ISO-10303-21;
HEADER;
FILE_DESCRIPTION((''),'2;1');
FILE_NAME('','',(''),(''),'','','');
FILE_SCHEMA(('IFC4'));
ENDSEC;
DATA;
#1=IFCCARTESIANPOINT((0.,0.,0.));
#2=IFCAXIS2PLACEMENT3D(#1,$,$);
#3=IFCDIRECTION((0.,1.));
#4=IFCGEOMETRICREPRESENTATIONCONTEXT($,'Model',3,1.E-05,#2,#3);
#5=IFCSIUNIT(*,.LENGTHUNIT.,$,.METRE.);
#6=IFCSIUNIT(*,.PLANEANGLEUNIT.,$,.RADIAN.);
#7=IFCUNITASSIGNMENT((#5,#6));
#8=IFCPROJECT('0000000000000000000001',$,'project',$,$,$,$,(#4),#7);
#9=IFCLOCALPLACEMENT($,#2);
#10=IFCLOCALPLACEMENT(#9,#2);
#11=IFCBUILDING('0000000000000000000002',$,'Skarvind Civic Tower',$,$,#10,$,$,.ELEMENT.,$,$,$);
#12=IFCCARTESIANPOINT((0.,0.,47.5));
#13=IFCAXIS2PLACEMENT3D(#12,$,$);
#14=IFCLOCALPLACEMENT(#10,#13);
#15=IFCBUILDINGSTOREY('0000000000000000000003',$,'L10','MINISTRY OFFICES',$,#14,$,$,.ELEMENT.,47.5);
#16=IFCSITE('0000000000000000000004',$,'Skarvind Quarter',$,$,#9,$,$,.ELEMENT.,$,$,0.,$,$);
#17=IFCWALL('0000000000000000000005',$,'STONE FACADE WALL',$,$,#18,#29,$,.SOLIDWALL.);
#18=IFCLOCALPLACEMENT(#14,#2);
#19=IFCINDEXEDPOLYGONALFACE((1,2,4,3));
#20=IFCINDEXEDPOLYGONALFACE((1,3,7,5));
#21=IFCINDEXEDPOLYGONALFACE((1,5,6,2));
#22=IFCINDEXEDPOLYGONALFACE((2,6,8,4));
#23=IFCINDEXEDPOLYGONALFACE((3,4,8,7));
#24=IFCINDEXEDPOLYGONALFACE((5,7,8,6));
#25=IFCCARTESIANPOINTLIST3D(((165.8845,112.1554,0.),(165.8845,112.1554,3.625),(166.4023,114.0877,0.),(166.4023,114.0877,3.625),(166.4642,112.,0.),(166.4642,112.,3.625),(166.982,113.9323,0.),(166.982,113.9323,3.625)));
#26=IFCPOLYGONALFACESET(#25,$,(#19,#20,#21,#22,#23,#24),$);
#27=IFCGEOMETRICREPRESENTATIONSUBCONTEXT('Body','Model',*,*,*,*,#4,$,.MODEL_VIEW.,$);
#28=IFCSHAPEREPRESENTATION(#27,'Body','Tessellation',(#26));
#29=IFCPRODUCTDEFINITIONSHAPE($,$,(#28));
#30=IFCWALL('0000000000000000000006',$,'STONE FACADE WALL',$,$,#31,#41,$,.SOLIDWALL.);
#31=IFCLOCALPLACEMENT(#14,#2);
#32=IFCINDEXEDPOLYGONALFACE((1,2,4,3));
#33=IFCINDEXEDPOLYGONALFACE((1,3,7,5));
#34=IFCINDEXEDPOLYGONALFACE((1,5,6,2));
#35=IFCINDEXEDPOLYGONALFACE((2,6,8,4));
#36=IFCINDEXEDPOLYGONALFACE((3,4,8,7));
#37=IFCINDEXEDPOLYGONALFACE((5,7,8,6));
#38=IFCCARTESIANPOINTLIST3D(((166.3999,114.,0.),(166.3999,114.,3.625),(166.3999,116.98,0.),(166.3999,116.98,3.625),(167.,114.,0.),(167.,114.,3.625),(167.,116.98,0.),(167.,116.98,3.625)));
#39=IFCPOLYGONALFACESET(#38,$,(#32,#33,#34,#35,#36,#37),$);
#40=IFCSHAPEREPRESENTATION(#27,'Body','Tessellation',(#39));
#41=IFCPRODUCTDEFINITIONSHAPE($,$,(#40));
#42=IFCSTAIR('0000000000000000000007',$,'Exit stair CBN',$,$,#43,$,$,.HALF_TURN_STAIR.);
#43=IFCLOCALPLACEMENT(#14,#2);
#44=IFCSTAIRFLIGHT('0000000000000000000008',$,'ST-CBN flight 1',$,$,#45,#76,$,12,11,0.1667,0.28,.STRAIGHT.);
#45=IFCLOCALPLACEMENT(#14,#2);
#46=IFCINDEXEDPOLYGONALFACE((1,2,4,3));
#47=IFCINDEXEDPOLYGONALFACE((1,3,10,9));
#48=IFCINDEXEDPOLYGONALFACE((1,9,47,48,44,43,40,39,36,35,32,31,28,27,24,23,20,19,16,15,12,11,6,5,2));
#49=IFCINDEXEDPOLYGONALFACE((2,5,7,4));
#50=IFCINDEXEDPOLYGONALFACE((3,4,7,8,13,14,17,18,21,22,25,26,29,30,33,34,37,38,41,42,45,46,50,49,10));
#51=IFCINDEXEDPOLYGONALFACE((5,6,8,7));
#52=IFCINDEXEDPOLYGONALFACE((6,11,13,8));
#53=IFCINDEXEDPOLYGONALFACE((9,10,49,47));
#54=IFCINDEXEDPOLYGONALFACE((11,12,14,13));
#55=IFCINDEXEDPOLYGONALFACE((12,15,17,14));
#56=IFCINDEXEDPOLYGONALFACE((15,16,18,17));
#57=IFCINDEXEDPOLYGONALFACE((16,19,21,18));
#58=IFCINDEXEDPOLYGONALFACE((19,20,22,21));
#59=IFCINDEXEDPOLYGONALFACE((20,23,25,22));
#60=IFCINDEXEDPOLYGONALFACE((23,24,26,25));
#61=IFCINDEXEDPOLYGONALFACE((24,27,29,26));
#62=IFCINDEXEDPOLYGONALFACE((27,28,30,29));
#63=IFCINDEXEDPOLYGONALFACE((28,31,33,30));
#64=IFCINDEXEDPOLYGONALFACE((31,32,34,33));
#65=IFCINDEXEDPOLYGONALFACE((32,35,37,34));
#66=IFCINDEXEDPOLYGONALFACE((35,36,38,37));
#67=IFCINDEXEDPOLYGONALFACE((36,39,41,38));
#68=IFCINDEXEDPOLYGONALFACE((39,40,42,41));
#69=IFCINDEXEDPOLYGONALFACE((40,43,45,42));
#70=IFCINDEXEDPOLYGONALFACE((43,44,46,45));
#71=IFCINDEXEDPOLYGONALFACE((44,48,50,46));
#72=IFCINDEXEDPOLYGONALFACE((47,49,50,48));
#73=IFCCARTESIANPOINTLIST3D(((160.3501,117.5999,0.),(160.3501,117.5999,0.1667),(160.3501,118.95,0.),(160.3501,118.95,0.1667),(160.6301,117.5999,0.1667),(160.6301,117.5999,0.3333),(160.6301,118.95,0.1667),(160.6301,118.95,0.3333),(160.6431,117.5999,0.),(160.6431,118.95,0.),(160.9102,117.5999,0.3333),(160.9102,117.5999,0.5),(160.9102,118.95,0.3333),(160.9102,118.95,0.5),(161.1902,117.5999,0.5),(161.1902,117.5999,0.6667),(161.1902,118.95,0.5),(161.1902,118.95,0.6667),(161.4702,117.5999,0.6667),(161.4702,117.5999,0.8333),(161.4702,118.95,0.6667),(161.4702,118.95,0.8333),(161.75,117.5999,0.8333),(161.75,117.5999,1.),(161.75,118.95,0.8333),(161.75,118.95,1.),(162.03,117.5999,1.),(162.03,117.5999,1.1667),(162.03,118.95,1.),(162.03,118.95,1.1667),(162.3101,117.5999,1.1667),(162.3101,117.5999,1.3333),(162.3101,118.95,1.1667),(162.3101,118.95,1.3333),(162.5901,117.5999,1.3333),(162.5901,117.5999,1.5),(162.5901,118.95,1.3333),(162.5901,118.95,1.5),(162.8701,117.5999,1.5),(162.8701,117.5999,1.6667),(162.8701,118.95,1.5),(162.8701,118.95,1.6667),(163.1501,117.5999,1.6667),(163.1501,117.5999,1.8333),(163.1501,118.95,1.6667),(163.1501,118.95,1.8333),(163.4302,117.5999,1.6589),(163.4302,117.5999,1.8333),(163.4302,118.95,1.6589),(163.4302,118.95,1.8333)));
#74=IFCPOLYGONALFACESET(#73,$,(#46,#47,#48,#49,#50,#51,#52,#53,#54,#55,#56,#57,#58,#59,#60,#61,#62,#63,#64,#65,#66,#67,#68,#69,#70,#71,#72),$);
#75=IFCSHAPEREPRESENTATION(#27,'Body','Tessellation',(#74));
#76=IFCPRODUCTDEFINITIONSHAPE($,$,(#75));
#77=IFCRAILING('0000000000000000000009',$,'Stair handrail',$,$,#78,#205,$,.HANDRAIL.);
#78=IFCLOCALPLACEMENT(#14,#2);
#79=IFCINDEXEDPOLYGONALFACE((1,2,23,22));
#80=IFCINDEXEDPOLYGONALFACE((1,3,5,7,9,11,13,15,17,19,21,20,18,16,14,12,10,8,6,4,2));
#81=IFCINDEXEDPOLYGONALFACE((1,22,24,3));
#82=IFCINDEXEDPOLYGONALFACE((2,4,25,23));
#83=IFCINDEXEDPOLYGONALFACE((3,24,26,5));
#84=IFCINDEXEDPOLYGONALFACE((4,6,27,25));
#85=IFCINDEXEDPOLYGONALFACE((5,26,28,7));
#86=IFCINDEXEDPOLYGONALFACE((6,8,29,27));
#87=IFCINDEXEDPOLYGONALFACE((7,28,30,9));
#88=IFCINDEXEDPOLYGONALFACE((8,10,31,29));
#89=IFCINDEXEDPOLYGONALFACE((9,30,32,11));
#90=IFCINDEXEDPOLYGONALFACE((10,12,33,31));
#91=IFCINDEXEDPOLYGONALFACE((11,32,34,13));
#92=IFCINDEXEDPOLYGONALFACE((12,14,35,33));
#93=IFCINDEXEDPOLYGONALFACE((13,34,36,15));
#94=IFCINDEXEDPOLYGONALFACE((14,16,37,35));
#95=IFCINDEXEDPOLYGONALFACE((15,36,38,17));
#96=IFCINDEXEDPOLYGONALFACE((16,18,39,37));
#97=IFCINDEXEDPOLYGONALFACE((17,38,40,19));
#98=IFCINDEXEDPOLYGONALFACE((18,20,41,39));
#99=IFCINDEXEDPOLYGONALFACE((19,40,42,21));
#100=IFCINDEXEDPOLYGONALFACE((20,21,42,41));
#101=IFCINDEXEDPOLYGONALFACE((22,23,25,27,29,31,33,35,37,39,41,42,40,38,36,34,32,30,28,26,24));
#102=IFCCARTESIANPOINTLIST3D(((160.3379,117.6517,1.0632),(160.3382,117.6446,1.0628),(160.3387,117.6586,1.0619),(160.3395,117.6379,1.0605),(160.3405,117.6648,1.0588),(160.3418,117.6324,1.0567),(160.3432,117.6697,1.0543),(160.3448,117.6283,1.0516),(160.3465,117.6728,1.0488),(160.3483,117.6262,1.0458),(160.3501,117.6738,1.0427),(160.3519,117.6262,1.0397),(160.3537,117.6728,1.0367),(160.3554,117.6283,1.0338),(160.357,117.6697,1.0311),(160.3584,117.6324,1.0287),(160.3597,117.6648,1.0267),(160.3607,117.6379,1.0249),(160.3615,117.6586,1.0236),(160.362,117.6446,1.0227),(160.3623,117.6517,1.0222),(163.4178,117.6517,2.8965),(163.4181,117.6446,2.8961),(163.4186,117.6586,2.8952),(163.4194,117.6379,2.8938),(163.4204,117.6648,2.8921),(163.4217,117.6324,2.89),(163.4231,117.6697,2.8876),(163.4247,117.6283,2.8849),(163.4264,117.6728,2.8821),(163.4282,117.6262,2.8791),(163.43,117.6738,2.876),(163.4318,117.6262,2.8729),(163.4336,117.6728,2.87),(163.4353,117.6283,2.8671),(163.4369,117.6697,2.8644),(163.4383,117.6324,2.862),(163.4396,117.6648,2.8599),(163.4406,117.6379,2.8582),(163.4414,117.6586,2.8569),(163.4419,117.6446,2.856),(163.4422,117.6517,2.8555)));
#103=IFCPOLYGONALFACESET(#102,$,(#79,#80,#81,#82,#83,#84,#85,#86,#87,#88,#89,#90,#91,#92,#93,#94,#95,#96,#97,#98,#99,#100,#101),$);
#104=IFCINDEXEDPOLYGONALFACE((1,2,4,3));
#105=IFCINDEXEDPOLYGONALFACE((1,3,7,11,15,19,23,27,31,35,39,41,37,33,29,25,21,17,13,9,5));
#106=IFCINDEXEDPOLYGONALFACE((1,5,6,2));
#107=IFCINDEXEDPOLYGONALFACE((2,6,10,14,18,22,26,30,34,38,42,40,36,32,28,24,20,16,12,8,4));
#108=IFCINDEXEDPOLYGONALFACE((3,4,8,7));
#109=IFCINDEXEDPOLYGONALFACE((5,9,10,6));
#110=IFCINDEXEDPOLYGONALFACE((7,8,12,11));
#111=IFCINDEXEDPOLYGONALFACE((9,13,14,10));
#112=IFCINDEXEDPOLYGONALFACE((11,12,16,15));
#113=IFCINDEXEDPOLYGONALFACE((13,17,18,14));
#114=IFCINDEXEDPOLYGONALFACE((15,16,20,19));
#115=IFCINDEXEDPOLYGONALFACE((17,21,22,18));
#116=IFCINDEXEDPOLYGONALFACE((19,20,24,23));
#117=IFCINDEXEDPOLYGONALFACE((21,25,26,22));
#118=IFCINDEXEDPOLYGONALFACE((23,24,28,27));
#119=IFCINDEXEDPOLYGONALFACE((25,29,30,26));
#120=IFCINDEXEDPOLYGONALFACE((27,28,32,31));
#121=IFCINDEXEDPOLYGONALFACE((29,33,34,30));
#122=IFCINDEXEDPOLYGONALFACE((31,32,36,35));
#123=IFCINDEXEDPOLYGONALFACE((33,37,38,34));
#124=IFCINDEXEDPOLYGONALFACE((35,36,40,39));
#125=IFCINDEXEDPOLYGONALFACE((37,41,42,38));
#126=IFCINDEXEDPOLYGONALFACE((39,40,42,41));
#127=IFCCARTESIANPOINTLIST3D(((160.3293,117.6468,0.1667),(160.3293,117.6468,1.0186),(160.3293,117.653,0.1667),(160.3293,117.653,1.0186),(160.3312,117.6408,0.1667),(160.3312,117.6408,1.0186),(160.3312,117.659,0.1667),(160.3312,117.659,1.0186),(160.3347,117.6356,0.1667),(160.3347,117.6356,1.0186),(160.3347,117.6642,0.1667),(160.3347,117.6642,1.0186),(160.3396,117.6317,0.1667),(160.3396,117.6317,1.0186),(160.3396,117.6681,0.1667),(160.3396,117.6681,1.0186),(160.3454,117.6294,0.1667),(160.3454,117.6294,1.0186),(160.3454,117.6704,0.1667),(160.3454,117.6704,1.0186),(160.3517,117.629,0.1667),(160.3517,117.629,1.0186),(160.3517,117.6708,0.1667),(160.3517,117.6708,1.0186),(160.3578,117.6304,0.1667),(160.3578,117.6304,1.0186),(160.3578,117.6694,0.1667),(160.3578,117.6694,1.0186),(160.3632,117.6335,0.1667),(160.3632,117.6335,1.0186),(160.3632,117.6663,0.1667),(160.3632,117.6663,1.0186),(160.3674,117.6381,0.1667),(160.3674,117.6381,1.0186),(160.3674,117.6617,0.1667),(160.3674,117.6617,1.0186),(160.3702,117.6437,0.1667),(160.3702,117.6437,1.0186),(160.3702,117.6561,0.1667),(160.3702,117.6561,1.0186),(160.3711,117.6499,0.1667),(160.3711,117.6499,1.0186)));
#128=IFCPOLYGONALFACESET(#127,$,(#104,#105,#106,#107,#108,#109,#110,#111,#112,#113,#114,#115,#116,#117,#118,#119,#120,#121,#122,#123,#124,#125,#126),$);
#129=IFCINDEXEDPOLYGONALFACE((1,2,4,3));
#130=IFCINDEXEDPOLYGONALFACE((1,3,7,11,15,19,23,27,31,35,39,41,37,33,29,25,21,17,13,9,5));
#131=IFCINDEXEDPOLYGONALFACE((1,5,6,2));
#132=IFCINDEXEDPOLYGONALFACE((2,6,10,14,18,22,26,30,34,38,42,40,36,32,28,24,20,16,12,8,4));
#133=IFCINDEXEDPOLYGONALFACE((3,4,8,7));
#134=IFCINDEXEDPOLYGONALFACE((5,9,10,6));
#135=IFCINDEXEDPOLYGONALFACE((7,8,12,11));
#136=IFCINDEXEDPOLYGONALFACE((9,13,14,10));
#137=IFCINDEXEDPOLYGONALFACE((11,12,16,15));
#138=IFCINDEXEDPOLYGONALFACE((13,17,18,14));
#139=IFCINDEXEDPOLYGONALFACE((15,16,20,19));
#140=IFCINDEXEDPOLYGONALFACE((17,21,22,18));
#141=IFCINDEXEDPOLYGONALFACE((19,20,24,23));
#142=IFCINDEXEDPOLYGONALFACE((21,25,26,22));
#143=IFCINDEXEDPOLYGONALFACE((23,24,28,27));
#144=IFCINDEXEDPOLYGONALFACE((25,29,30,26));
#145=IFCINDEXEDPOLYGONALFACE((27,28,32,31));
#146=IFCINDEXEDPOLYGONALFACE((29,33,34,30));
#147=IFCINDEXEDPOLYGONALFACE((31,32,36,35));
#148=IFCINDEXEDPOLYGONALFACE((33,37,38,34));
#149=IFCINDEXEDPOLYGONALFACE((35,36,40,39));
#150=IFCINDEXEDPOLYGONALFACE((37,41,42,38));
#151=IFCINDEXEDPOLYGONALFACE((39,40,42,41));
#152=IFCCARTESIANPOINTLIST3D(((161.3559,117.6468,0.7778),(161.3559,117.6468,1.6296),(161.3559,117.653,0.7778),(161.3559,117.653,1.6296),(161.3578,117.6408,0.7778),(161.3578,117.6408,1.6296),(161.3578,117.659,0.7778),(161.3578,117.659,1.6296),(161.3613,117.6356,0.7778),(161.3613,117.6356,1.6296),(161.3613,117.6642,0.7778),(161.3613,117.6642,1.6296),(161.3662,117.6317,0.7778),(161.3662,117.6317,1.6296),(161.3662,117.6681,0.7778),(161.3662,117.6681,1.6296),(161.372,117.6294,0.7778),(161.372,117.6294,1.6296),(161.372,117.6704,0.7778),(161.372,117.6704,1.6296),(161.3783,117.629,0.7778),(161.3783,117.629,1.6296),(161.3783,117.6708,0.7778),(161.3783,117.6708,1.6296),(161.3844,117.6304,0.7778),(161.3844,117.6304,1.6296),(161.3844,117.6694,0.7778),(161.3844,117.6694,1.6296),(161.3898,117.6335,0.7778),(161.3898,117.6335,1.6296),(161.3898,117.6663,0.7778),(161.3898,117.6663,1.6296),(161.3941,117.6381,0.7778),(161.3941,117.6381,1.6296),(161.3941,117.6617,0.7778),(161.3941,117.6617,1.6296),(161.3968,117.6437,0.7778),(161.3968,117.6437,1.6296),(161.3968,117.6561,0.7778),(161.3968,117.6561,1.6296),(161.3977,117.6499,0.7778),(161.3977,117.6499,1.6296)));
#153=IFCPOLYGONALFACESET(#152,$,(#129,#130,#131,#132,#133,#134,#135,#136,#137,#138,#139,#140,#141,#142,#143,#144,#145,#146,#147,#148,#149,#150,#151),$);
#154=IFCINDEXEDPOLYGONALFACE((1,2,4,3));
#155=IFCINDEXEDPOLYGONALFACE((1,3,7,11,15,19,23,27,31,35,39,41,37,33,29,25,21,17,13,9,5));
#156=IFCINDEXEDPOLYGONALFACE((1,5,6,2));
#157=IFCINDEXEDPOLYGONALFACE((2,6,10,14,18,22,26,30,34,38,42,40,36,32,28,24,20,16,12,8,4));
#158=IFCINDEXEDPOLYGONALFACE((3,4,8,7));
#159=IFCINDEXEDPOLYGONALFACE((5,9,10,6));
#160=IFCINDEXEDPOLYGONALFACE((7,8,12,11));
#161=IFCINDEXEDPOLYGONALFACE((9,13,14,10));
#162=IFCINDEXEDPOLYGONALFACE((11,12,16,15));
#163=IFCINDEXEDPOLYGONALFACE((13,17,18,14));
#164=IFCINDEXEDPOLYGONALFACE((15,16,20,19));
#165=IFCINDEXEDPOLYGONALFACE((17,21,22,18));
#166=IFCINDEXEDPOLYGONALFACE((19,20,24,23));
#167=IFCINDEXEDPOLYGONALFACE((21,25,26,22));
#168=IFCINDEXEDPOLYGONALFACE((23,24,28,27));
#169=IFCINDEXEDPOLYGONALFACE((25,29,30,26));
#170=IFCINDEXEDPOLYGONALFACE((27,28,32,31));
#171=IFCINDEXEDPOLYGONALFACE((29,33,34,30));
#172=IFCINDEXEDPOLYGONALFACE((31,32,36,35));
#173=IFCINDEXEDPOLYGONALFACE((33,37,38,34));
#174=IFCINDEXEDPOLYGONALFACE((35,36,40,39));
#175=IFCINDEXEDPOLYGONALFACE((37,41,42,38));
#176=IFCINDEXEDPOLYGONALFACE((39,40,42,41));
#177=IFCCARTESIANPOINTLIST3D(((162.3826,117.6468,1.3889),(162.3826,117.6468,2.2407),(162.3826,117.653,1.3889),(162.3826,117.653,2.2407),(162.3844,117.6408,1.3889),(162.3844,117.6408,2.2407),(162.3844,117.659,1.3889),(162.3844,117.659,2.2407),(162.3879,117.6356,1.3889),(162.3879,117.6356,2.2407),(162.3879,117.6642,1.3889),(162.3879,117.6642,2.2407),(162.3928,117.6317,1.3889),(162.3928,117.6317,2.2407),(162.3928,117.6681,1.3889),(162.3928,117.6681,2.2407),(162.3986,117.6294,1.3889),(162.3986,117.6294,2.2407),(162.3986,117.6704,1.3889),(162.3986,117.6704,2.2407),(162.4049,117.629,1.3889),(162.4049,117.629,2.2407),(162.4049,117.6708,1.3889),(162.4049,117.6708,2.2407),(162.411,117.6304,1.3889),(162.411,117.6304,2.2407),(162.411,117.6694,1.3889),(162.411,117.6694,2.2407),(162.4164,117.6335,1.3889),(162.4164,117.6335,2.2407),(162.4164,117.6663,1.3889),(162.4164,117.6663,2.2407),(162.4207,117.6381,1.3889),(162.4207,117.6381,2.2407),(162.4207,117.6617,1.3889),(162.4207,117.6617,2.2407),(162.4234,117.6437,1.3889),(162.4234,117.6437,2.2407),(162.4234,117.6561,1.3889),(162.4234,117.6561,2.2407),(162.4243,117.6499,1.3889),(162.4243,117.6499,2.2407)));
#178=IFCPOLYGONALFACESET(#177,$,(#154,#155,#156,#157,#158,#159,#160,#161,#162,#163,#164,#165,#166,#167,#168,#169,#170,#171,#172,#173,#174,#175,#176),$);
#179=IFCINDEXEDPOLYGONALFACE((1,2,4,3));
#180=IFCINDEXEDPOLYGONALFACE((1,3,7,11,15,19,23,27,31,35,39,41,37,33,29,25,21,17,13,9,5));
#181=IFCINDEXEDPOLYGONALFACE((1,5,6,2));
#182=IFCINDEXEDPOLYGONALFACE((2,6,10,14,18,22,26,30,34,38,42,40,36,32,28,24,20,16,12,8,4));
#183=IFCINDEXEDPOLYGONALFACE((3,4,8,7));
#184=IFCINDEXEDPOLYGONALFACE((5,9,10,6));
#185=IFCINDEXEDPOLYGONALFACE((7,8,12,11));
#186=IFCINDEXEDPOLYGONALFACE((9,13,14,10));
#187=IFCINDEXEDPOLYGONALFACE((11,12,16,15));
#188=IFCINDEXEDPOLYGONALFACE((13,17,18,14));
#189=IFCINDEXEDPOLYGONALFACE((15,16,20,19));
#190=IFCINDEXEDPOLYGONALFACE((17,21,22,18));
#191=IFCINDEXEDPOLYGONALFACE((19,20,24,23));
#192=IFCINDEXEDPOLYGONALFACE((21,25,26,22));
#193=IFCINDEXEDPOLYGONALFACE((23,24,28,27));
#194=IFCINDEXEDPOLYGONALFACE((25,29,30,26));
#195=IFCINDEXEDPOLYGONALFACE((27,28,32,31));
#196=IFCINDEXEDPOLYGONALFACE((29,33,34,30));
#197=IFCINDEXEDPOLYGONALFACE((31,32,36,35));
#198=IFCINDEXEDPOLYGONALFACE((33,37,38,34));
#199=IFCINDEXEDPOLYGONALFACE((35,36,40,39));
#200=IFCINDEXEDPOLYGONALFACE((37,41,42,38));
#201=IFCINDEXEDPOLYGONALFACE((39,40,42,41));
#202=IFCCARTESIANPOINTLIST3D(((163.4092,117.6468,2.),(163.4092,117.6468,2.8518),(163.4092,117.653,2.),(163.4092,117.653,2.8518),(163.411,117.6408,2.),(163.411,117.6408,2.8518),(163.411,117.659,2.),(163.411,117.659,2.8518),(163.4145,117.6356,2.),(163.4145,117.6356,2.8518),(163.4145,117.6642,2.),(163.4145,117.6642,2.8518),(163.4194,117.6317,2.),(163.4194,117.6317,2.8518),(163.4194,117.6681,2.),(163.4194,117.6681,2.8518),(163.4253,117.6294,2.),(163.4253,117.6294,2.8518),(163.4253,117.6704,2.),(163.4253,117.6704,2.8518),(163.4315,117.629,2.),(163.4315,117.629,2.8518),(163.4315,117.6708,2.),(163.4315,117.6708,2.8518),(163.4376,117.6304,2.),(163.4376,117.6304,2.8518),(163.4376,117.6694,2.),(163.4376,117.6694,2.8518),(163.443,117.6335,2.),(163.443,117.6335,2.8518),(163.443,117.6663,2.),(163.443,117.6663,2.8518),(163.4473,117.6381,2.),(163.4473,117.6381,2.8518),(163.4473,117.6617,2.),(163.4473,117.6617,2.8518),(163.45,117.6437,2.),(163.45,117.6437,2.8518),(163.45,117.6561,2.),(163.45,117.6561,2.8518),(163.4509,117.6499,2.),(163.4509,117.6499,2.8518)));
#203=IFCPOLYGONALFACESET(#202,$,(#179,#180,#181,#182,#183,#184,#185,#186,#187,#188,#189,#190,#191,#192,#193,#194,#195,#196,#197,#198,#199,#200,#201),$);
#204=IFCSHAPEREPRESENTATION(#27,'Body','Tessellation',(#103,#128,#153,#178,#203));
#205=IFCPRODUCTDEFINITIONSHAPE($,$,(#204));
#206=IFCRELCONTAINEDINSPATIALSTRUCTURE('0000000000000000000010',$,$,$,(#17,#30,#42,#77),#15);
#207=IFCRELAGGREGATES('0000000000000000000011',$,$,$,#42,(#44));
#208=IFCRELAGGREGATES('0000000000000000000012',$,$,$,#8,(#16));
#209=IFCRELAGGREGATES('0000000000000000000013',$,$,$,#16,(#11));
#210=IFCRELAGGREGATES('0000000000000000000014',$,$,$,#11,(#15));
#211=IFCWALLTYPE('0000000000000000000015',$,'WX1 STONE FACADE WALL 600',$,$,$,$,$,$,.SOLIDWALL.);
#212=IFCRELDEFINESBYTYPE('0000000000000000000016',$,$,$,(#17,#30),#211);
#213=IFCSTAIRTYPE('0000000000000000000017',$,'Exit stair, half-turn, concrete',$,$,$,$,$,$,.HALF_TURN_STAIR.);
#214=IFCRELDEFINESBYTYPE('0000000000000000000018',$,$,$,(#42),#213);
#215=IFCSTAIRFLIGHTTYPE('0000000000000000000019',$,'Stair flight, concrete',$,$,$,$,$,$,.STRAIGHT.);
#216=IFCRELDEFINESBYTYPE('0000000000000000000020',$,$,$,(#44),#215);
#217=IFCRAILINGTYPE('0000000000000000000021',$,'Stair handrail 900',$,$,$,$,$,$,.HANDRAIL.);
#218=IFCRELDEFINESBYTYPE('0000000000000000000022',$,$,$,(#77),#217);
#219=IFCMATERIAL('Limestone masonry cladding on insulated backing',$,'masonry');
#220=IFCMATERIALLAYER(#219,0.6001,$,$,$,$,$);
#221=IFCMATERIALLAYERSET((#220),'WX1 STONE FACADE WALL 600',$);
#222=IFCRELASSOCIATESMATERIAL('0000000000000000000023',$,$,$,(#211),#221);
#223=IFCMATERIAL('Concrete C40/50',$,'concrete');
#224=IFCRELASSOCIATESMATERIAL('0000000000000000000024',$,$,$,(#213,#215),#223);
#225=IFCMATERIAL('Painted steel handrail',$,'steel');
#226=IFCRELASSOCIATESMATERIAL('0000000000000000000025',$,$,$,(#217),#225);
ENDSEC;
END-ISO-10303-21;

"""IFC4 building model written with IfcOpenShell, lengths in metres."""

from ifc_helpers import new_model, si_unit, direction, frame, frame_2d, origin, origin_2d, place, context, subcontext, project, spatial, polyline, rectangle, circle, outline, extrude, material, layer, layer_set, type_object, element, aggregate, save


model = new_model("IFC4")

# Units and contexts
model_context = context("Model", 3, precision=1e-05, world=origin(), true_north=direction((0.0, 1.0)))
body_context = subcontext(model_context, "Body", "Model", "MODEL_VIEW")
ifc_project = project(units=[si_unit("LENGTHUNIT", "METRE"), si_unit("PLANEANGLEUNIT", "RADIAN")], contexts=[model_context])

# Site, building, storey
site_placement = place(None, origin())
site = spatial("IfcSite", under=ifc_project, at=site_placement, Name="Skarvind Quarter", CompositionType="ELEMENT", RefElevation=0.0)
building_placement = place(site_placement, origin())
building = spatial("IfcBuilding", under=site, at=building_placement, Name="Skarvind Civic Tower", CompositionType="ELEMENT")
storey_placement = place(building_placement, frame((0.0, 0.0, 47.5)))
storey = spatial("IfcBuildingStorey", under=building, at=storey_placement, Name="L10", Description="MINISTRY OFFICES", CompositionType="ELEMENT", Elevation=47.5)

# Shared definitions
ifc_material_1 = material(Name="Limestone masonry cladding on insulated backing", Category="masonry")
ifc_layer_1 = layer(ifc_material_1, 0.6001)
ifc_layer_set_1 = layer_set([ifc_layer_1], Name="WX1 STONE FACADE WALL 600")
wall_type_1 = type_object("IfcWallType", Name="WX1 STONE FACADE WALL 600", PredefinedType="SOLIDWALL", material=ifc_layer_set_1)

# Walls
wall_1_placement = place(storey_placement, frame((166.6921, 114.01, 0.0), z_axis=(0.0, 0.0, 1.0), x_axis=(-0.25884, -0.96592, 0.0)))
element("IfcWall", 1, at=wall_1_placement, inside=storey, type_object=wall_type_1, Name="STONE FACADE WALL", PredefinedType="SOLIDWALL", context=body_context, shape_type="SweptSolid", body=[
    extrude(rectangle(XDim=2.0005, YDim=0.6001, at=frame_2d((1.0002, 0.0))), origin(), (0.0, 0.0, 1.0), 3.625),
])
wall_2_placement = place(storey_placement, frame((166.7, 116.98, 0.0), z_axis=(0.0, 0.0, 1.0), x_axis=(0.0, -1.0, 0.0)))
element("IfcWall", 2, at=wall_2_placement, inside=storey, type_object=wall_type_1, Name="STONE FACADE WALL", PredefinedType="SOLIDWALL", context=body_context, shape_type="SweptSolid", body=[
    extrude(rectangle(XDim=2.98, YDim=0.6001, at=frame_2d((1.49, 0.0))), origin(), (0.0, 0.0, 1.0), 3.625),
])

# Stair, stair flight
ifc_material_2 = material(Name="Concrete C40/50", Category="concrete")
stair_type = type_object("IfcStairType", Name="Exit stair, half-turn, concrete", PredefinedType="HALF_TURN_STAIR", material=ifc_material_2)
stair_placement = place(storey_placement, origin())
stair = element("IfcStair", 3, at=stair_placement, inside=storey, type_object=stair_type, Name="Exit stair CBN", PredefinedType="HALF_TURN_STAIR")
stair_flight_type = type_object("IfcStairFlightType", Name="Stair flight, concrete", PredefinedType="STRAIGHT", material=ifc_material_2)
stair_flight_placement = place(storey_placement, frame((160.3501, 118.2749, 0.0), z_axis=(0.0, 0.0, 1.0), x_axis=(1.0, 0.0, 0.0)))
stair_flight = element("IfcStairFlight", 4, at=stair_flight_placement, type_object=stair_flight_type, Name="ST-CBN flight 1", NumberOfRisers=12, NumberOfTreads=11, PredefinedType="STRAIGHT", RiserHeight=0.1667, TreadLength=0.28, context=body_context, shape_type="SweptSolid", body=[
    extrude(outline(polyline([(0.0, 0.0), (0.0, 0.1667), (0.28, 0.1667), (0.28, 0.3333), (0.5601, 0.3333), (0.5601, 0.5), (0.8401, 0.5), (0.8401, 0.6667), (1.1201, 0.6667), (1.1201, 0.8333), (1.3999, 0.8333), (1.3999, 1.0), (1.6799, 1.0), (1.6799, 1.1667), (1.96, 1.1667), (1.96, 1.3333), (2.24, 1.3333), (2.24, 1.5), (2.52, 1.5), (2.52, 1.6667), (2.8, 1.6667), (2.8, 1.8333), (3.0801, 1.8333), (3.0801, 2.0), (3.0801, 1.6589), (0.293, 0.0), (0.0, 0.0)])), frame((0.0, 0.675, 0.0), z_axis=(0.0, -1.0, 0.0), x_axis=(1.0, 0.0, 0.0)), (0.0, 0.0, 1.0), 1.3501),
])
aggregate(stair, [stair_flight])

# Railing
ifc_material_3 = material(Name="Painted steel handrail", Category="steel")
railing_type = type_object("IfcRailingType", Name="Stair handrail 900", PredefinedType="HANDRAIL", material=ifc_material_3)
railing_placement = place(storey_placement, frame((160.3501, 117.6499, 0.1667)))
element("IfcRailing", 5, at=railing_placement, inside=storey, type_object=railing_type, Name="Stair handrail", PredefinedType="HANDRAIL", context=body_context, shape_type="SweptSolid", body=[
    extrude(circle(Radius=0.0239, at=origin_2d()), frame((0.0, 0.0, 0.876), z_axis=(0.859291, 0.0, 0.511487), x_axis=(0.0, 1.0, 0.0)), (0.0, 0.0, 1.0), 3.5842),
    extrude(circle(Radius=0.021, at=origin_2d()), origin(), (0.0, 0.0, 1.0), 0.8518),
    extrude(circle(Radius=0.021, at=origin_2d()), frame((1.0266, 0.0, 0.6111)), (0.0, 0.0, 1.0), 0.8518),
    extrude(circle(Radius=0.021, at=origin_2d()), frame((2.0532, 0.0, 1.2222)), (0.0, 0.0, 1.0), 0.8518),
    extrude(circle(Radius=0.021, at=origin_2d()), frame((3.0798, 0.0, 1.8333)), (0.0, 0.0, 1.0), 0.8518),
])

save(model, "model.ifc")
